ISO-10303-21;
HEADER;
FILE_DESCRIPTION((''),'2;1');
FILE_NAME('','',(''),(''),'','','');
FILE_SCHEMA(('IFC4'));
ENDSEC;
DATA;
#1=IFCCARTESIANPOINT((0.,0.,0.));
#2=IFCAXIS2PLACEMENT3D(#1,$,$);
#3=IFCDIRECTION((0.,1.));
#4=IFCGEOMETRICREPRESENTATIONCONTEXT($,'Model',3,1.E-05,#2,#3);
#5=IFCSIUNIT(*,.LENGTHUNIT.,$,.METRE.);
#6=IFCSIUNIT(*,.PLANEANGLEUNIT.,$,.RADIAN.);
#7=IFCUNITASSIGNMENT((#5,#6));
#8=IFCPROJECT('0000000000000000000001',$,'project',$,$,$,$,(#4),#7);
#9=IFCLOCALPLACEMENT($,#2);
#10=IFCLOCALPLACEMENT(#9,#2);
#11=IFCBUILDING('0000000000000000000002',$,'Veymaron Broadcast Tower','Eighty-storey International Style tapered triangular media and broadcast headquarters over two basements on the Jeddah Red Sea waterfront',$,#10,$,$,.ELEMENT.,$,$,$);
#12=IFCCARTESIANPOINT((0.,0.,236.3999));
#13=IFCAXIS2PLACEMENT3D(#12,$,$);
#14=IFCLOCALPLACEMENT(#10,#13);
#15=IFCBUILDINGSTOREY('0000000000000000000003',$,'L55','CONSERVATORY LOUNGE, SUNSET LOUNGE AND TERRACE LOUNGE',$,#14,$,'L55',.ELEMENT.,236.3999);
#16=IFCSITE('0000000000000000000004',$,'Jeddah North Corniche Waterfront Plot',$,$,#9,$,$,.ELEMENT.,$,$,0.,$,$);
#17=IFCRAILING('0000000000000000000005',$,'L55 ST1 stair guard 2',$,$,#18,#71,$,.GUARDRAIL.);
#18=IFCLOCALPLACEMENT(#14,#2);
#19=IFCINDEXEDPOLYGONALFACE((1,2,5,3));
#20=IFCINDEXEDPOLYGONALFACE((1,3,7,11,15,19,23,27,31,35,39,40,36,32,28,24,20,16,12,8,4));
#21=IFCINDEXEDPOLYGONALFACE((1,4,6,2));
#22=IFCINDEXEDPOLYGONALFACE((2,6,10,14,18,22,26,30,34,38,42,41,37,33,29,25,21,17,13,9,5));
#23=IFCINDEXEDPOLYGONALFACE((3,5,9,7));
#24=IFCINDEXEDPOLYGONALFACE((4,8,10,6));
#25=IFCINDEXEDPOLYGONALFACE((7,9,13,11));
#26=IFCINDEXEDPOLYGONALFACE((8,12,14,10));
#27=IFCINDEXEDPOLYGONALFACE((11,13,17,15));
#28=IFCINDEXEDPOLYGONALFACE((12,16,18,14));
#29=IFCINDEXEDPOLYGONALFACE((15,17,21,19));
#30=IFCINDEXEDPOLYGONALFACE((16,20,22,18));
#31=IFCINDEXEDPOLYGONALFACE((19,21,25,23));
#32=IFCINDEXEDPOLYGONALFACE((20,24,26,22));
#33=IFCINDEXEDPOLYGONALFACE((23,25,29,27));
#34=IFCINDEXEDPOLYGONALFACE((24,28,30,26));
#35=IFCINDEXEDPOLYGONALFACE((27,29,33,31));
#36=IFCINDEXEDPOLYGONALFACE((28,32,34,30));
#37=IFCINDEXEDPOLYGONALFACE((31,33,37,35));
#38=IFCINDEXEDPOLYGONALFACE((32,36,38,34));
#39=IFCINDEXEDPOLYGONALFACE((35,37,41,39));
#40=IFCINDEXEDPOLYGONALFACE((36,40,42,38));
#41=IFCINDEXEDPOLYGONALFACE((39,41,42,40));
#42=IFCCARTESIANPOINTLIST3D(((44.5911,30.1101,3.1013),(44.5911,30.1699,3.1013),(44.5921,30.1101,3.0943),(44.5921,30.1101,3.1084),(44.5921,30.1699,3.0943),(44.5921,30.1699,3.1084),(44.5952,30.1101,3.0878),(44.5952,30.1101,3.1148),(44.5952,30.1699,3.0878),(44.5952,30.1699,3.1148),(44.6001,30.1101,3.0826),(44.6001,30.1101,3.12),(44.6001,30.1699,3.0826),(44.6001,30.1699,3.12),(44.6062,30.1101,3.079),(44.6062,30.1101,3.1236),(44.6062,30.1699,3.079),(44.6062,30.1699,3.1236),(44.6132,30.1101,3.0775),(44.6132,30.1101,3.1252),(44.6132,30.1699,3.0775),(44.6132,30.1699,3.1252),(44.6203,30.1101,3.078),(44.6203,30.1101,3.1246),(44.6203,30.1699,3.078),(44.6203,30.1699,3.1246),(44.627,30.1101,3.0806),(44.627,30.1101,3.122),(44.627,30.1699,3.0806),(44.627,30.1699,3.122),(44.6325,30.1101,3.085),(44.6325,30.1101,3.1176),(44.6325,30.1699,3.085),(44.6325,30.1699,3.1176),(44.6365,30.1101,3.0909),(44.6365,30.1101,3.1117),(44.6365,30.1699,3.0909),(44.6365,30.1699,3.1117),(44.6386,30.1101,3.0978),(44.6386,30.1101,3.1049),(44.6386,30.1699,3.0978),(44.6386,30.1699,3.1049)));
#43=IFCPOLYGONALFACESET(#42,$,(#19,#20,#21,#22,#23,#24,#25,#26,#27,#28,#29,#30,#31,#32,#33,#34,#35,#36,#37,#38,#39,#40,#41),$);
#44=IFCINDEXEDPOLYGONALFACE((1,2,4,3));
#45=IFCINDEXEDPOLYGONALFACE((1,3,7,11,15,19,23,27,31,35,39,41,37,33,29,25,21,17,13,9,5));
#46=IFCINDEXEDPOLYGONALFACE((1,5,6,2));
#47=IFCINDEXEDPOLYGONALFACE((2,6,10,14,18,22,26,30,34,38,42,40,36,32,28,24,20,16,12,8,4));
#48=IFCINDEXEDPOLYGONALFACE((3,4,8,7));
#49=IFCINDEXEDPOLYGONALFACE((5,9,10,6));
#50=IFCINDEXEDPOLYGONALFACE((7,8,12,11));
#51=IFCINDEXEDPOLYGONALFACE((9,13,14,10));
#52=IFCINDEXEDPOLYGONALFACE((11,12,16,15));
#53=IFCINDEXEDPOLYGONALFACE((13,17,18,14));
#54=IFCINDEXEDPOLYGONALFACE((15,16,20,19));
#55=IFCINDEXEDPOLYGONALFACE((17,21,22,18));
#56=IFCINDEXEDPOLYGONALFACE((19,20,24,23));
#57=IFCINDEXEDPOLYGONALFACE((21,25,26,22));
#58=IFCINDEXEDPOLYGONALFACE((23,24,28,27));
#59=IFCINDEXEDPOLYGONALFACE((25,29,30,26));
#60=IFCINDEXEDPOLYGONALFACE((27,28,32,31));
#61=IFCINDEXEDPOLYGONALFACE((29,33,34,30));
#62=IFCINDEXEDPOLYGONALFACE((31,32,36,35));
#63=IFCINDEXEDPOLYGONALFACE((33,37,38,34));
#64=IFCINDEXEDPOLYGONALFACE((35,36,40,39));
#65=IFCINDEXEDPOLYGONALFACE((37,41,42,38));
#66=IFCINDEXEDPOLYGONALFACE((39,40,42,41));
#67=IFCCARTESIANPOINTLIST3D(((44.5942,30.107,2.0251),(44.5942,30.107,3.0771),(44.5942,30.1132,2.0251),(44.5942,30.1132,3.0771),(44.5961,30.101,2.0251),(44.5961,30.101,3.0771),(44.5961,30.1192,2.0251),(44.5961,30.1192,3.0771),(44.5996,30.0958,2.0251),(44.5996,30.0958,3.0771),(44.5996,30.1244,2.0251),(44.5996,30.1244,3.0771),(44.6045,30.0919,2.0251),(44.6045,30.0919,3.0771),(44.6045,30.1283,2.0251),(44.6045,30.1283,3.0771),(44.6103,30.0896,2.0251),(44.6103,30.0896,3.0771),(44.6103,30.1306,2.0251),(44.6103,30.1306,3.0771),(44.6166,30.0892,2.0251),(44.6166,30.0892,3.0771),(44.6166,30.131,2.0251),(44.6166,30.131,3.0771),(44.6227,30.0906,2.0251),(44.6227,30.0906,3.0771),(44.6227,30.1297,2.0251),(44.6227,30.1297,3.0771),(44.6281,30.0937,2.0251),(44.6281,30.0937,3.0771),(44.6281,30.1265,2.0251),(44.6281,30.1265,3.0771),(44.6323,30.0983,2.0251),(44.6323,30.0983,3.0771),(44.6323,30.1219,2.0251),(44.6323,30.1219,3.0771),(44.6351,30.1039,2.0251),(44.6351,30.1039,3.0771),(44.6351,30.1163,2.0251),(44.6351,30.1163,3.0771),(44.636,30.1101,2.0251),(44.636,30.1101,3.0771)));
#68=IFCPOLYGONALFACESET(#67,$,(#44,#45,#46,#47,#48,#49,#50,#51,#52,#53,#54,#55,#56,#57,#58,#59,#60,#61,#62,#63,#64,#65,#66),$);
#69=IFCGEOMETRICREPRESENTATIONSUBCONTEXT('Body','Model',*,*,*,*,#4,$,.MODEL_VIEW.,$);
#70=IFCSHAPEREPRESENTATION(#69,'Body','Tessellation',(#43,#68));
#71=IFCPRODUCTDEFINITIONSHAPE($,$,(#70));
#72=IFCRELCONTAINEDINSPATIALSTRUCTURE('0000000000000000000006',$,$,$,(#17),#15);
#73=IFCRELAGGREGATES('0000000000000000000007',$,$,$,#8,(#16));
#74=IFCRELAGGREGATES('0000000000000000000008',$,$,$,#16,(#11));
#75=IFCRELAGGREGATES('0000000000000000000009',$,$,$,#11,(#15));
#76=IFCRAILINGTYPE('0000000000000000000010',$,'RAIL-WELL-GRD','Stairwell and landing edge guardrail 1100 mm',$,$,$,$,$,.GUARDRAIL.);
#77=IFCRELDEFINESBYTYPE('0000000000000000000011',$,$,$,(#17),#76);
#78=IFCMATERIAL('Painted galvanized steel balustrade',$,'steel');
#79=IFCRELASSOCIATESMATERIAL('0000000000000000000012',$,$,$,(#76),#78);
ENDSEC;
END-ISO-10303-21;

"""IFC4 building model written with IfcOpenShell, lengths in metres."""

from ifc_helpers import new_model, si_unit, direction, frame, origin, origin_2d, place, context, subcontext, project, spatial, circle, extrude, material, type_object, element, save


model = new_model("IFC4")

# Units and contexts
model_context = context("Model", 3, precision=1e-05, world=origin(), true_north=direction((0.0, 1.0)))
body_context = subcontext(model_context, "Body", "Model", "MODEL_VIEW")
ifc_project = project(units=[si_unit("LENGTHUNIT", "METRE"), si_unit("PLANEANGLEUNIT", "RADIAN")], contexts=[model_context])

# Site, building, storey
site_placement = place(None, origin())
site = spatial("IfcSite", under=ifc_project, at=site_placement, Name="Jeddah North Corniche Waterfront Plot", CompositionType="ELEMENT", RefElevation=0.0)
building_placement = place(site_placement, origin())
building = spatial("IfcBuilding", under=site, at=building_placement, Name="Veymaron Broadcast Tower", Description="Eighty-storey International Style tapered triangular media and broadcast headquarters over two basements on the Jeddah Red Sea waterfront", CompositionType="ELEMENT")
storey_placement = place(building_placement, frame((0.0, 0.0, 236.3999)))
storey = spatial("IfcBuildingStorey", under=building, at=storey_placement, Name="L55", Description="CONSERVATORY LOUNGE, SUNSET LOUNGE AND TERRACE LOUNGE", LongName="L55", CompositionType="ELEMENT", Elevation=236.3999)

# Railing
ifc_material_1 = material(Name="Painted galvanized steel balustrade", Category="steel")
railing_type_1 = type_object("IfcRailingType", Name="RAIL-WELL-GRD", Description="Stairwell and landing edge guardrail 1100 mm", PredefinedType="GUARDRAIL", material=ifc_material_1)
railing_1_placement = place(storey_placement, frame((44.615, 30.1101, 2.0251)))
element("IfcRailing", 1, at=railing_1_placement, inside=storey, type_object=railing_type_1, Name="L55 ST1 stair guard 2", PredefinedType="GUARDRAIL", context=body_context, shape_type="SweptSolid", body=[
    extrude(circle(Radius=0.0239, at=origin_2d()), frame((0.0, 0.0, 1.0762), z_axis=(0.0, 1.0, 0.0), x_axis=(-1.0, 0.0, 0.0)), (0.0, 0.0, 1.0), 0.0598),
    extrude(circle(Radius=0.021, at=origin_2d()), origin(), (0.0, 0.0, 1.0), 1.052),
])

save(model, "model.ifc")
